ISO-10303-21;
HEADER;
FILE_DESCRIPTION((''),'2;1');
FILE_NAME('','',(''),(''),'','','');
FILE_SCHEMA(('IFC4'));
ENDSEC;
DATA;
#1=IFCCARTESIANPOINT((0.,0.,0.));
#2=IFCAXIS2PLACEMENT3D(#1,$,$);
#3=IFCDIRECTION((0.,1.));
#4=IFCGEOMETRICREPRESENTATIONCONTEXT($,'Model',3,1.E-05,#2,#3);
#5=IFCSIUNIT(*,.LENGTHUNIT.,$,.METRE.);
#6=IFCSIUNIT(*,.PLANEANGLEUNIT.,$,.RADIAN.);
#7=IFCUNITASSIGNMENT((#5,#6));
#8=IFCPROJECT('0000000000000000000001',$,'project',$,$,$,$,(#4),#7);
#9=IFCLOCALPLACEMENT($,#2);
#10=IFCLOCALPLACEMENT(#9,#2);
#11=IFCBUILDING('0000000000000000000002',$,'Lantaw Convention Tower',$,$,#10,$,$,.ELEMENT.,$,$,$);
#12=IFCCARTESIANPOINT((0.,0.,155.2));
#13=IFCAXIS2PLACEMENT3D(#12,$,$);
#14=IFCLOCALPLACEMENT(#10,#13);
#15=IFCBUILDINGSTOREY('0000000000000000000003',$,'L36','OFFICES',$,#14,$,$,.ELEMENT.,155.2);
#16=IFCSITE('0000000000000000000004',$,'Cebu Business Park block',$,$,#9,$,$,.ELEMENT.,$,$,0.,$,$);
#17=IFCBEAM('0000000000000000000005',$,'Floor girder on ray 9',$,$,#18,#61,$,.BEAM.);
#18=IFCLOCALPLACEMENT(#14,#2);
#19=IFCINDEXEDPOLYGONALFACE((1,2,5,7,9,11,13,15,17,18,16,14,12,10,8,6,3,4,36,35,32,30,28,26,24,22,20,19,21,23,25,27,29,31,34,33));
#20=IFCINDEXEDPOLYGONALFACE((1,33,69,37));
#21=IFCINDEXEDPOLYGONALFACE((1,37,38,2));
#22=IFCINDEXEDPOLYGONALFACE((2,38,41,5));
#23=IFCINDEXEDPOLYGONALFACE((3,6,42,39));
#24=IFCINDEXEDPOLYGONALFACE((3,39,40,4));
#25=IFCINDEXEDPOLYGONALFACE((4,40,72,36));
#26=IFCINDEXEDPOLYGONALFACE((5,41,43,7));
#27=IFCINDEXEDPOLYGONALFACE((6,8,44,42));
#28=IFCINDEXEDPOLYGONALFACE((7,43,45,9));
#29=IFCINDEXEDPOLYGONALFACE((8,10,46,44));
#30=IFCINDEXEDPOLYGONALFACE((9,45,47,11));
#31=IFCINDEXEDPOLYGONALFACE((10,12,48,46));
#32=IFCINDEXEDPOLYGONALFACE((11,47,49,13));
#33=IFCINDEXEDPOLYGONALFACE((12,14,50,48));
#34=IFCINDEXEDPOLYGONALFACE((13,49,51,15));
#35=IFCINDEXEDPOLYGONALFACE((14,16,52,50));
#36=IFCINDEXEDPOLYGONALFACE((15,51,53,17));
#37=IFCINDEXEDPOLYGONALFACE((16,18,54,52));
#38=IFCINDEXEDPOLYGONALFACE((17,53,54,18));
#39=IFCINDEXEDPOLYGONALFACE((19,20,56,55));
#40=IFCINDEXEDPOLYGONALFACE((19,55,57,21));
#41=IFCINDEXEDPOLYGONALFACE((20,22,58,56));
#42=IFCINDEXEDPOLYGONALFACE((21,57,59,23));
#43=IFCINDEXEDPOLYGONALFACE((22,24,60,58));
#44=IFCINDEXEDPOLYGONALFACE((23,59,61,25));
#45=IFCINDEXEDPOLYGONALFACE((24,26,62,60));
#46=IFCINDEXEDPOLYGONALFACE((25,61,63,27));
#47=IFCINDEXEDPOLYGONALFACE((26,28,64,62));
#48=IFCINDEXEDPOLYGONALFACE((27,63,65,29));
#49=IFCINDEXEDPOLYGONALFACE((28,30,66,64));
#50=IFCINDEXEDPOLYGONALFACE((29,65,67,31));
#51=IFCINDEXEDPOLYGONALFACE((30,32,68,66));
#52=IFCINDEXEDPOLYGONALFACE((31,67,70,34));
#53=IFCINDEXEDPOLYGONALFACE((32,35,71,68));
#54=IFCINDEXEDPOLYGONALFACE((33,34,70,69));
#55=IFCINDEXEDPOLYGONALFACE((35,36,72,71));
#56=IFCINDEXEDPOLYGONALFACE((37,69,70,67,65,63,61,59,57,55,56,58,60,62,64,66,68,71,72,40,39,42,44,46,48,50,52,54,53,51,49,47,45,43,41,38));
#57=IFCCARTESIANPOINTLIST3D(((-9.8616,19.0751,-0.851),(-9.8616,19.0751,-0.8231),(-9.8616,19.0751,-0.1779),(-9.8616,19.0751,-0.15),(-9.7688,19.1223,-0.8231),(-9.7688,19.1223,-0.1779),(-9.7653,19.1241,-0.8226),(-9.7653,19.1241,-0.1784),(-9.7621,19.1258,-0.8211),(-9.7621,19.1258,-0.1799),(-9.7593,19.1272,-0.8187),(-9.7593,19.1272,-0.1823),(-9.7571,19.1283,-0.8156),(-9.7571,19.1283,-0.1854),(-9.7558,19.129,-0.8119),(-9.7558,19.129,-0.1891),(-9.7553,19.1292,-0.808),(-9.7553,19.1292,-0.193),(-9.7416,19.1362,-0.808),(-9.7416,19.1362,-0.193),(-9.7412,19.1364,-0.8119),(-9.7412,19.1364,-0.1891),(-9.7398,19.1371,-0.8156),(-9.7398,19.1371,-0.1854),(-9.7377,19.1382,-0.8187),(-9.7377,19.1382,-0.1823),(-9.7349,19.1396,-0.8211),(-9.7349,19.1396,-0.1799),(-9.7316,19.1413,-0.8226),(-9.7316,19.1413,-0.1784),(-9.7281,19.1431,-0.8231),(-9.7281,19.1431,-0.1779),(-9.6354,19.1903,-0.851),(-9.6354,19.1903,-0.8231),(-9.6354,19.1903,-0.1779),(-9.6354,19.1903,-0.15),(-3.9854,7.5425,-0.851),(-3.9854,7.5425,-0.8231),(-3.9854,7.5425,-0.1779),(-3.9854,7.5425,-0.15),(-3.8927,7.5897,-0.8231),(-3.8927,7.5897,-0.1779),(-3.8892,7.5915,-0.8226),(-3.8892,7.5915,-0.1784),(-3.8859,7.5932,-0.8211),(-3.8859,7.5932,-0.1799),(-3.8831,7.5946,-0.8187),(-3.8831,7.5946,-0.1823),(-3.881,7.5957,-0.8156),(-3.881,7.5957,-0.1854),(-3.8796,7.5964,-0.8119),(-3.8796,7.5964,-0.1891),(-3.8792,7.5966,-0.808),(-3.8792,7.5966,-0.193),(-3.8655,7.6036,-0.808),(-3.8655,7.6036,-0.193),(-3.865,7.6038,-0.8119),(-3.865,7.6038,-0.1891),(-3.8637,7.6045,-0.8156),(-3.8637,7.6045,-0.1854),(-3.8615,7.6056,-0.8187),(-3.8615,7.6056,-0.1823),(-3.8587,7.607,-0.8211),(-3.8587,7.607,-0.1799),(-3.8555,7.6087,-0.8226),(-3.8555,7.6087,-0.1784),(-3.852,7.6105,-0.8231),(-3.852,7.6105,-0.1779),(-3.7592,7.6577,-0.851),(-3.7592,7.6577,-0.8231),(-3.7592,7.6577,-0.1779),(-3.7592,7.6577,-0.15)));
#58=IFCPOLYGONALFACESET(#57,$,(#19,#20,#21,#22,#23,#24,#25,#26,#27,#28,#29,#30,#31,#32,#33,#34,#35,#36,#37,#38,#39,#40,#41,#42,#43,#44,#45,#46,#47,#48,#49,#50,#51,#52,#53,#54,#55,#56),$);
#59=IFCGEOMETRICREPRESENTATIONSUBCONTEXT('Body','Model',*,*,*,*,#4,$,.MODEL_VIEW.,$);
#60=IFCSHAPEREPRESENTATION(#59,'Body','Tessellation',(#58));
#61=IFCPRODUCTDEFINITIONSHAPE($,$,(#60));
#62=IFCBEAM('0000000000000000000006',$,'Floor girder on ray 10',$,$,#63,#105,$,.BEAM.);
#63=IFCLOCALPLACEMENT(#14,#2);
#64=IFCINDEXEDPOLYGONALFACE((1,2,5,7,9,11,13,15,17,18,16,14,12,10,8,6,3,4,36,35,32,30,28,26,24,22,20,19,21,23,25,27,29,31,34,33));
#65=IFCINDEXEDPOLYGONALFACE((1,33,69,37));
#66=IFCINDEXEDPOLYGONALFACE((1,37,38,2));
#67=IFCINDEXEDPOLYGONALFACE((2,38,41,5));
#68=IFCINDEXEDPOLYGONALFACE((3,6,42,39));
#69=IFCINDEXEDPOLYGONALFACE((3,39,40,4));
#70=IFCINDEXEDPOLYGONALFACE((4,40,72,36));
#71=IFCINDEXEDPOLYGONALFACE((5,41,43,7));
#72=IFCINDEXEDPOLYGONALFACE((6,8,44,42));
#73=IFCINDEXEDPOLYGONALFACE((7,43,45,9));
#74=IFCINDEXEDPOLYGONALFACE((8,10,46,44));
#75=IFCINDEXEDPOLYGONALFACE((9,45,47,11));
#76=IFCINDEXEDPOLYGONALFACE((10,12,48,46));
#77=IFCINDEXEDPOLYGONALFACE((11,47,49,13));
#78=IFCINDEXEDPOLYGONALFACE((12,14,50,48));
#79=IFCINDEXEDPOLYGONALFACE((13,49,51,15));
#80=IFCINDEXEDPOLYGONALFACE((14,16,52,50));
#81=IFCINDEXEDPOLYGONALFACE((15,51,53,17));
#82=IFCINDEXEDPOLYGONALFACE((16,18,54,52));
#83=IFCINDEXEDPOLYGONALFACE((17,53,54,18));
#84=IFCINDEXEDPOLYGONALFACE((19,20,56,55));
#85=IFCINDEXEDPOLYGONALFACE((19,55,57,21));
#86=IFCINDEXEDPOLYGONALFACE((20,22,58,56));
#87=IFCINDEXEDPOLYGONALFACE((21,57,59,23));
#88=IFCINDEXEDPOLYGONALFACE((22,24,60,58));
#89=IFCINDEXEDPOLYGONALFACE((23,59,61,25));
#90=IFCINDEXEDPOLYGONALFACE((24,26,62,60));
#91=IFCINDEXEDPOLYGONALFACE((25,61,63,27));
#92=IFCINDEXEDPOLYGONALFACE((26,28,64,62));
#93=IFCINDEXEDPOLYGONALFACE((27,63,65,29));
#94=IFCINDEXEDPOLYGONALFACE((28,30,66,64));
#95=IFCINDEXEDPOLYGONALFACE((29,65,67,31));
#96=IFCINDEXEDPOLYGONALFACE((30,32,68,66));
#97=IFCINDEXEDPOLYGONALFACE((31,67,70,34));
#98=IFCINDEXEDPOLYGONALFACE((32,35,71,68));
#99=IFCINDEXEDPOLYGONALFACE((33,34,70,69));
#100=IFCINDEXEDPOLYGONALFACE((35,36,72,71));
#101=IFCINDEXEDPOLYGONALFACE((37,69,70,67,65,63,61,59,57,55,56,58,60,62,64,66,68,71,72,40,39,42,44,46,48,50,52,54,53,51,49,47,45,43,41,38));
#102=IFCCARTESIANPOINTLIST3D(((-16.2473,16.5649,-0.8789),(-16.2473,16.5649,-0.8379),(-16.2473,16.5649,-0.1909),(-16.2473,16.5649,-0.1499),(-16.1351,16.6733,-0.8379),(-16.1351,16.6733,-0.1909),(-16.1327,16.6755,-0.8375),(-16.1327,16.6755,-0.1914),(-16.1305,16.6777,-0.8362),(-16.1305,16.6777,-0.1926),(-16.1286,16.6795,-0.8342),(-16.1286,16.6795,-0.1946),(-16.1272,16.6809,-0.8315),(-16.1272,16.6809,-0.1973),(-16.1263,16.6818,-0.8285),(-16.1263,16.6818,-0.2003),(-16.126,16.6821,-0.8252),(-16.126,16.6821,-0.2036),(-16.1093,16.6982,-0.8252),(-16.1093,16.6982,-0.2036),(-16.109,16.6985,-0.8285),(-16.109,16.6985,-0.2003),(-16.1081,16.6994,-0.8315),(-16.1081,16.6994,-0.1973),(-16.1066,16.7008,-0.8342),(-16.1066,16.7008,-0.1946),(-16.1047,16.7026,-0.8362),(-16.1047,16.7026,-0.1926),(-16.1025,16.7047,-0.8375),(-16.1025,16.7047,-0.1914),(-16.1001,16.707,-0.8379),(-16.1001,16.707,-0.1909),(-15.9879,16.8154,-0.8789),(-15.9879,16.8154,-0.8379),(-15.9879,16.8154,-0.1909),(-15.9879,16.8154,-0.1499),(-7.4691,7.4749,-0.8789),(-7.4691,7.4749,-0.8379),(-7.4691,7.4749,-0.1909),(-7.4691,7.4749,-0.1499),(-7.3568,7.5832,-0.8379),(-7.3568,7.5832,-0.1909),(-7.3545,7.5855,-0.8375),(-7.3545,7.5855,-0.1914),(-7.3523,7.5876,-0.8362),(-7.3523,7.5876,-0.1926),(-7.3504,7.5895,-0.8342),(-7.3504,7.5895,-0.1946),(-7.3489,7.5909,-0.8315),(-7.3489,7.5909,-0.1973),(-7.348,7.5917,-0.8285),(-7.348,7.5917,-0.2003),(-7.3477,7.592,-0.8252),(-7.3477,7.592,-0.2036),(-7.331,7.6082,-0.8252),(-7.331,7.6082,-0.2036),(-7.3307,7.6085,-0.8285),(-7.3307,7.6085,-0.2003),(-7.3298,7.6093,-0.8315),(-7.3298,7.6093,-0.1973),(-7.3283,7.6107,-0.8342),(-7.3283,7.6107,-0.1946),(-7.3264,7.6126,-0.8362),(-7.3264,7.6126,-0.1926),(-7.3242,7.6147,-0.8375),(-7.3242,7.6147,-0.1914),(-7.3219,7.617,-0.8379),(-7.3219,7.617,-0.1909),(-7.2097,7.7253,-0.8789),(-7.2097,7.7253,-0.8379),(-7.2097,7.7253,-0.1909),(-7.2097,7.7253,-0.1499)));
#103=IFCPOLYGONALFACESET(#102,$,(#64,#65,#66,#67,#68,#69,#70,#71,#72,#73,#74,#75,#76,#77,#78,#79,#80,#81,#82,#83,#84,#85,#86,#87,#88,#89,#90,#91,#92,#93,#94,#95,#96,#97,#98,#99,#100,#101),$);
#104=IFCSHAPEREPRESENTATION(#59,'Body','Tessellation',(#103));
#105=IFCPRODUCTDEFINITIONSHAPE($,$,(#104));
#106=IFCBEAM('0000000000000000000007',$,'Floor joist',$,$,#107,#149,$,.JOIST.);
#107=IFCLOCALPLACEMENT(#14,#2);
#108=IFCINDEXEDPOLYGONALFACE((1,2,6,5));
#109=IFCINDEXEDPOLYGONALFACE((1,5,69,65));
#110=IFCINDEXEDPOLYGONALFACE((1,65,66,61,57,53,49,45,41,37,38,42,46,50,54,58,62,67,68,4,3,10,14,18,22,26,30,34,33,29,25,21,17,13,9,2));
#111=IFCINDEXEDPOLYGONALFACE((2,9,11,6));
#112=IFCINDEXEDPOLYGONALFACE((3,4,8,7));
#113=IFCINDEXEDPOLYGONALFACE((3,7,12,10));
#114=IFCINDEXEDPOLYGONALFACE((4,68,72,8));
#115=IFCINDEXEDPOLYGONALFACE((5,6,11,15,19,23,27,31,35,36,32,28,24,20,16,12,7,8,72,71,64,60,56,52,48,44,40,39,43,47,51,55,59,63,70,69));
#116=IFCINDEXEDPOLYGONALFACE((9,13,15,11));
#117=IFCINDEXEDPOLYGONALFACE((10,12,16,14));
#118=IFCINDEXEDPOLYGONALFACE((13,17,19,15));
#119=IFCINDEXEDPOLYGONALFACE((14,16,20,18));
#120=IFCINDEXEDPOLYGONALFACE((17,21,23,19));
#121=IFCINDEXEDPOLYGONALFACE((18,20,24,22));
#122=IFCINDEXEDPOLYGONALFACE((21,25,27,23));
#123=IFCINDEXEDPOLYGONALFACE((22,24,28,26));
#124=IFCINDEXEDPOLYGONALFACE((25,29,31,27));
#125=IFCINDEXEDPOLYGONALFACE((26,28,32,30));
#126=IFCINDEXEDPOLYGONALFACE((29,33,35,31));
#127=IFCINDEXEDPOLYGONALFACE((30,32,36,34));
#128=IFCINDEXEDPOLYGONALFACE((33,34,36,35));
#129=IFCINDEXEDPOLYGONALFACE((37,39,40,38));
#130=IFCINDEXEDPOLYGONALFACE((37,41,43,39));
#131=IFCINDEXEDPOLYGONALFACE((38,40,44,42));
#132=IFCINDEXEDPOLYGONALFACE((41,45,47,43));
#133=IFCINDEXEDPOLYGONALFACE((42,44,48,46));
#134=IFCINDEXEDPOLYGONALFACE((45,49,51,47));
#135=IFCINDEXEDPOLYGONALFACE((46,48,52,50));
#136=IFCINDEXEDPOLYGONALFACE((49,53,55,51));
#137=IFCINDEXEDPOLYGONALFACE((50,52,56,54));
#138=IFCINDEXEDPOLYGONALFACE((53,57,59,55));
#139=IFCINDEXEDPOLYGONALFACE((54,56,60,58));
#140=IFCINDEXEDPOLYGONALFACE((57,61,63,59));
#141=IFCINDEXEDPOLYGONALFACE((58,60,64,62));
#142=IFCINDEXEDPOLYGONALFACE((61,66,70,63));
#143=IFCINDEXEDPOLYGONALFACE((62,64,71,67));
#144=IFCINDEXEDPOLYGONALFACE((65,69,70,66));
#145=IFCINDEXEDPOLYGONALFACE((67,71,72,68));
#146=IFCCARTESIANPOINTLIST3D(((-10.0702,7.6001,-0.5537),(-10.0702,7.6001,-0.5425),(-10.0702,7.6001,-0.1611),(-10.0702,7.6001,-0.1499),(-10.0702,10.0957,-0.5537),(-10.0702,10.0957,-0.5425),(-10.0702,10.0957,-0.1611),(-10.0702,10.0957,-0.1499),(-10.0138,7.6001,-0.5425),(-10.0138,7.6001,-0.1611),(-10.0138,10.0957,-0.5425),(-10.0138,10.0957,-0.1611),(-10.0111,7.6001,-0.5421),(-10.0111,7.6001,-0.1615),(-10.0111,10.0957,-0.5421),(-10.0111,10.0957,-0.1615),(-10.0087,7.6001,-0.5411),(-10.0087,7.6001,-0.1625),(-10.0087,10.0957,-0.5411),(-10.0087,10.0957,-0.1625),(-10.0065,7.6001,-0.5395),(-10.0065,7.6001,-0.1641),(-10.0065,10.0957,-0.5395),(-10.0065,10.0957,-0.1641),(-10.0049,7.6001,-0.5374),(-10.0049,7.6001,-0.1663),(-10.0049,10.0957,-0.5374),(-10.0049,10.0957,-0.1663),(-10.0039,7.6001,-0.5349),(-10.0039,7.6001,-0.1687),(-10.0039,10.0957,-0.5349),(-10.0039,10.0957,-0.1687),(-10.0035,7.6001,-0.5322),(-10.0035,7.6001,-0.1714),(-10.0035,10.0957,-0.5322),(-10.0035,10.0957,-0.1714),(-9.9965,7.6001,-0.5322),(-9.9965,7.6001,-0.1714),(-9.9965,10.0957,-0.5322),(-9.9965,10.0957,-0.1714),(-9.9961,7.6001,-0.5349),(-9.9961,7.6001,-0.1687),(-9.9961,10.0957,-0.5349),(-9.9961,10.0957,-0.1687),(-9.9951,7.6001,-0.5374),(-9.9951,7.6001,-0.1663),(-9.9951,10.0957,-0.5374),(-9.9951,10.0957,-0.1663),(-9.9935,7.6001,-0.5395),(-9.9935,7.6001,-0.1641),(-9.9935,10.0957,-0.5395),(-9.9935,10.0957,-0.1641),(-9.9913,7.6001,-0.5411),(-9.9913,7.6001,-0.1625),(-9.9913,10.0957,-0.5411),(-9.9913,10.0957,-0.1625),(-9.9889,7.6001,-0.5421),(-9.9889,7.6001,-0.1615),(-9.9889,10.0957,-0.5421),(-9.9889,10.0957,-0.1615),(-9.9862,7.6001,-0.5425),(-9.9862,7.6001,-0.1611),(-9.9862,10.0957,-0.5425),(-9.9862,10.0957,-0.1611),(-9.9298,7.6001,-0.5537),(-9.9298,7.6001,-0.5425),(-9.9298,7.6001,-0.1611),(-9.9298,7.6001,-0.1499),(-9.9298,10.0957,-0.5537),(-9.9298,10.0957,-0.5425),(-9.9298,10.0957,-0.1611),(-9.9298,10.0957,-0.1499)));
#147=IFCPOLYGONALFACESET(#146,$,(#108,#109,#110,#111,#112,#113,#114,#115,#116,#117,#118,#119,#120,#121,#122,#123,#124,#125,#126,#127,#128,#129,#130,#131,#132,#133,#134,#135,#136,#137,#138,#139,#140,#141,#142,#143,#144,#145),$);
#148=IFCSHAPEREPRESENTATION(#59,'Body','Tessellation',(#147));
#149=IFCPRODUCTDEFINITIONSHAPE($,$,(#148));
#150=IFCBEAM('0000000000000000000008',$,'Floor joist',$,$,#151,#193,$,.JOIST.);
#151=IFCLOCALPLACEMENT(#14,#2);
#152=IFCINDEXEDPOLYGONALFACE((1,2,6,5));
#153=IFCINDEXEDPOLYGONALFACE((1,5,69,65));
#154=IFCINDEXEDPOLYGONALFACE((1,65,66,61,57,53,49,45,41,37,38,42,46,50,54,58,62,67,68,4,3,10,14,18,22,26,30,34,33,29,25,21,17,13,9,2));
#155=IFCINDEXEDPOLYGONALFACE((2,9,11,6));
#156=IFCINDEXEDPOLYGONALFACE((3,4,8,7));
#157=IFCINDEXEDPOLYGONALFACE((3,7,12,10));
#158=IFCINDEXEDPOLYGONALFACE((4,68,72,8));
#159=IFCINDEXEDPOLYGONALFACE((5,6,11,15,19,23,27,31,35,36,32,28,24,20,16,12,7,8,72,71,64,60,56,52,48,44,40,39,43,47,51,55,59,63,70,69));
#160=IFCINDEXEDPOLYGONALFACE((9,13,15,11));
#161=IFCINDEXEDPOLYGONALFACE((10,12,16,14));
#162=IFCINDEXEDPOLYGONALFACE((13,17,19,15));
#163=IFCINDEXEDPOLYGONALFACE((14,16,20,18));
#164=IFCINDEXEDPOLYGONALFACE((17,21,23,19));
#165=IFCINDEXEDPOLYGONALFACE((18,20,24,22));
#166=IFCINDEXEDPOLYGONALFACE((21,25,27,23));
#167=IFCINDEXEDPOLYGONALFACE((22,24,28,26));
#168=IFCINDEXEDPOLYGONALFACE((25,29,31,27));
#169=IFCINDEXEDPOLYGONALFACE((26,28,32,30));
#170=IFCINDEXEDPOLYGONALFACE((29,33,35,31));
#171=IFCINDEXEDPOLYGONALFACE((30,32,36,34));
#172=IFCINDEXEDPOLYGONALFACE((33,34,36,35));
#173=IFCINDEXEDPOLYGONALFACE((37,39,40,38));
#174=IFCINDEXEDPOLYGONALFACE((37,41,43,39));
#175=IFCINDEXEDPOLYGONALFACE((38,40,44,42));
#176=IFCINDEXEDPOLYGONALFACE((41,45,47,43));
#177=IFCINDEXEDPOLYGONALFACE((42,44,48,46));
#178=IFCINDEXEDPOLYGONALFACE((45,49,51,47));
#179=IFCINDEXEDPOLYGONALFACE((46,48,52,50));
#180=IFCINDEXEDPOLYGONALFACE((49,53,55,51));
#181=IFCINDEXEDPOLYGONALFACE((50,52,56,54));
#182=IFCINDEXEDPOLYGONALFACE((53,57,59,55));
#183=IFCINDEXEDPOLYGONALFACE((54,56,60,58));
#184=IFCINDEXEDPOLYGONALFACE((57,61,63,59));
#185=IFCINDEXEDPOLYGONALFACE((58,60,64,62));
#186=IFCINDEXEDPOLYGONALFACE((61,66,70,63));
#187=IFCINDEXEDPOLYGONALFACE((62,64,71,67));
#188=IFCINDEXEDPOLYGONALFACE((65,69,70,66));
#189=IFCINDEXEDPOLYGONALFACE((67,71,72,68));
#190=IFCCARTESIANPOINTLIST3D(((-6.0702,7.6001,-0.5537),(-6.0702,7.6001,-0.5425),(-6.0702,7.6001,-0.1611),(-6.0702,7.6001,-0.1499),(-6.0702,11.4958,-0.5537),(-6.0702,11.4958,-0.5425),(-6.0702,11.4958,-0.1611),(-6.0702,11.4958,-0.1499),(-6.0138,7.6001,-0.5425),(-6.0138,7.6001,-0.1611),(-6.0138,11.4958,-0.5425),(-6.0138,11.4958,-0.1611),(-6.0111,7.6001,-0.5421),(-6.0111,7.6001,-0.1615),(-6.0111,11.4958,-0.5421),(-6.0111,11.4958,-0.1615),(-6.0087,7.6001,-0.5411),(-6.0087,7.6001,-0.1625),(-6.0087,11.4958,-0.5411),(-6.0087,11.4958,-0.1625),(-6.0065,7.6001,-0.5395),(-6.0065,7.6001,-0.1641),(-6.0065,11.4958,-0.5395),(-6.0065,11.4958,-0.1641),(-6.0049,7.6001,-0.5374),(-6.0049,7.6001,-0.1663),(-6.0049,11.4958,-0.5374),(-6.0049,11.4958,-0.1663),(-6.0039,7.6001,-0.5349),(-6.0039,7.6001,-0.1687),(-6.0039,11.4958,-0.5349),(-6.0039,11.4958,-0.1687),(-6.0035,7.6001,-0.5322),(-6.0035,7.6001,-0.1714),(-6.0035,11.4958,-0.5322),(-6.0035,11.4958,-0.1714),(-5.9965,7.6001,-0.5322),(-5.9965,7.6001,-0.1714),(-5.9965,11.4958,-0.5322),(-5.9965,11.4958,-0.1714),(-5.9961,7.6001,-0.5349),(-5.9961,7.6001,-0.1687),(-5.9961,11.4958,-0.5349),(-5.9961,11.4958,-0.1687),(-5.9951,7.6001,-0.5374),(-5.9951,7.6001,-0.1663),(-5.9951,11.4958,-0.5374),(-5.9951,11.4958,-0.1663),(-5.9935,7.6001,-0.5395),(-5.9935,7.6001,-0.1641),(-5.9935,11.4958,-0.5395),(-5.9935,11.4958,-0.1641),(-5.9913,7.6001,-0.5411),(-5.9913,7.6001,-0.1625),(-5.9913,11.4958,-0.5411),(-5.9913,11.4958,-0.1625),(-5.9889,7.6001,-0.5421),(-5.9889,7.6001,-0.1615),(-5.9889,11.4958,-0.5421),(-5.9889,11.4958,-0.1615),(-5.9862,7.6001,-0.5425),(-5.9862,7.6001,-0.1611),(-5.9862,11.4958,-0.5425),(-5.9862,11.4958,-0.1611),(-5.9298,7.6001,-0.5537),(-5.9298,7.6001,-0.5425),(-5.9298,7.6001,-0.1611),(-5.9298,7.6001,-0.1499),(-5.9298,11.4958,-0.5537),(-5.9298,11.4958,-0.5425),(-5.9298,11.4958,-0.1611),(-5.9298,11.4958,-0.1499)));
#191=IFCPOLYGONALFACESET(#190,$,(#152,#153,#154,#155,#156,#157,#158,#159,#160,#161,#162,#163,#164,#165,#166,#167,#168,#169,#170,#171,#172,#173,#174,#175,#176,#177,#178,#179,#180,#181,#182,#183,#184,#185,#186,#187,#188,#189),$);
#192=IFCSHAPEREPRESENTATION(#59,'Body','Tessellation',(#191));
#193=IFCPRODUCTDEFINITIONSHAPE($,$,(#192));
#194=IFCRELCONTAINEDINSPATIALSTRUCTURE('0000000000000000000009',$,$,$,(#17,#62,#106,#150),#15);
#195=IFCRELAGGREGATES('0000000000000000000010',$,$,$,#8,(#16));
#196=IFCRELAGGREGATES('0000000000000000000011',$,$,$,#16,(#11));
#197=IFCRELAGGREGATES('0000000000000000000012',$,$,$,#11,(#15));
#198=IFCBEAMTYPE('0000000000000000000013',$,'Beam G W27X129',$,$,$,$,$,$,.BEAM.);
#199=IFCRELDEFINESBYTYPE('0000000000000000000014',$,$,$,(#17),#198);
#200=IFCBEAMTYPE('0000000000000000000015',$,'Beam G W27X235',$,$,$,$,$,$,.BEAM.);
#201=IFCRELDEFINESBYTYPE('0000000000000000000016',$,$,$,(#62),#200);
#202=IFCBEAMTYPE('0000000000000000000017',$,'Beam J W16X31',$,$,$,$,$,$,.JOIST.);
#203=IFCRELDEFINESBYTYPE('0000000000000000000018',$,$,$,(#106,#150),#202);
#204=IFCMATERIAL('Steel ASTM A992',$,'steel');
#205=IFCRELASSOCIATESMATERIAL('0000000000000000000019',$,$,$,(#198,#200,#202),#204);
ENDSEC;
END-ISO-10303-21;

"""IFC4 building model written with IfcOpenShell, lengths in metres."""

from ifc_helpers import new_model, si_unit, direction, frame, origin, origin_2d, place, context, subcontext, project, spatial, i_section, extrude, material, material_profile, profile_set, type_object, element, save


model = new_model("IFC4")

# Units and contexts
model_context = context("Model", 3, precision=1e-05, world=origin(), true_north=direction((0.0, 1.0)))
body_context = subcontext(model_context, "Body", "Model", "MODEL_VIEW")
ifc_project = project(units=[si_unit("LENGTHUNIT", "METRE"), si_unit("PLANEANGLEUNIT", "RADIAN")], contexts=[model_context])

# Site, building, storey
site_placement = place(None, origin())
site = spatial("IfcSite", under=ifc_project, at=site_placement, Name="Cebu Business Park block", CompositionType="ELEMENT", RefElevation=0.0)
building_placement = place(site_placement, origin())
building = spatial("IfcBuilding", under=site, at=building_placement, Name="Lantaw Convention Tower", CompositionType="ELEMENT")
storey_placement = place(building_placement, frame((0.0, 0.0, 155.2)))
storey = spatial("IfcBuildingStorey", under=building, at=storey_placement, Name="L36", Description="OFFICES", CompositionType="ELEMENT", Elevation=155.2)

# Beams
ifc_material_1 = material(Name="Steel ASTM A992", Category="steel")
ifc_material_profile_1 = material_profile(ifc_material_1, i_section(OverallWidth=0.2539, OverallDepth=0.7009, WebThickness=0.0154, FlangeThickness=0.0278, FilletRadius=0.0151, at=origin_2d()), Name="W27X129")
ifc_profile_set_1 = profile_set([ifc_material_profile_1], Name="Steel ASTM A992")
beam_type_1 = type_object("IfcBeamType", Name="Beam G W27X129", PredefinedType="BEAM", material=ifc_profile_set_1)
beam_1_placement = place(storey_placement, frame((-3.8723, 7.6001, -0.5005), z_axis=(-0.453991, 0.891006, 0.0), x_axis=(-0.891006, -0.453991, 0.0)))
element("IfcBeam", 1, at=beam_1_placement, inside=storey, type_object=beam_type_1, Name="Floor girder on ray 9", PredefinedType="BEAM", context=body_context, shape_type="SweptSolid", body=[
    extrude(i_section(OverallWidth=0.2539, OverallDepth=0.7009, WebThickness=0.0154, FlangeThickness=0.0278, FilletRadius=0.0151, at=origin_2d()), origin(), (0.0, 0.0, 1.0), 12.9434),
])
ifc_material_profile_2 = material_profile(ifc_material_1, i_section(OverallWidth=0.3606, OverallDepth=0.729, WebThickness=0.0232, FlangeThickness=0.041, FilletRadius=0.0127, at=origin_2d()), Name="W27X235")
ifc_profile_set_2 = profile_set([ifc_material_profile_2], Name="Steel ASTM A992")
beam_type_2 = type_object("IfcBeamType", Name="Beam G W27X235", PredefinedType="BEAM", material=ifc_profile_set_2)
beam_2_placement = place(storey_placement, frame((-7.3394, 7.6001, -0.5144), z_axis=(-0.694663, 0.719335, 0.0), x_axis=(-0.719335, -0.694663, 0.0)))
element("IfcBeam", 2, at=beam_2_placement, inside=storey, type_object=beam_type_2, Name="Floor girder on ray 10", PredefinedType="BEAM", context=body_context, shape_type="SweptSolid", body=[
    extrude(i_section(OverallWidth=0.3606, OverallDepth=0.729, WebThickness=0.0232, FlangeThickness=0.041, FilletRadius=0.0127, at=origin_2d()), origin(), (0.0, 0.0, 1.0), 12.6367),
])
ifc_material_profile_3 = material_profile(ifc_material_1, i_section(OverallWidth=0.1404, OverallDepth=0.4038, WebThickness=0.0071, FlangeThickness=0.0112, FilletRadius=0.0103, at=origin_2d()), Name="W16X31")
ifc_profile_set_3 = profile_set([ifc_material_profile_3], Name="Steel ASTM A992")
beam_type_3 = type_object("IfcBeamType", Name="Beam J W16X31", PredefinedType="JOIST", material=ifc_profile_set_3)
beam_3_placement = place(storey_placement, frame((-10.0, 7.6001, -0.3518), z_axis=(0.0, 1.0, 0.0), x_axis=(-1.0, 0.0, 0.0)))
element("IfcBeam", 3, at=beam_3_placement, inside=storey, type_object=beam_type_3, Name="Floor joist", PredefinedType="JOIST", context=body_context, shape_type="SweptSolid", body=[
    extrude(i_section(OverallWidth=0.1404, OverallDepth=0.4038, WebThickness=0.0071, FlangeThickness=0.0112, FilletRadius=0.0103, at=origin_2d()), origin(), (0.0, 0.0, 1.0), 2.4956),
])
beam_4_placement = place(storey_placement, frame((-6.0, 7.6001, -0.3518), z_axis=(0.0, 1.0, 0.0), x_axis=(-1.0, 0.0, 0.0)))
element("IfcBeam", 4, at=beam_4_placement, inside=storey, type_object=beam_type_3, Name="Floor joist", PredefinedType="JOIST", context=body_context, shape_type="SweptSolid", body=[
    extrude(i_section(OverallWidth=0.1404, OverallDepth=0.4038, WebThickness=0.0071, FlangeThickness=0.0112, FilletRadius=0.0103, at=origin_2d()), origin(), (0.0, 0.0, 1.0), 3.8958),
])

save(model, "model.ifc")
